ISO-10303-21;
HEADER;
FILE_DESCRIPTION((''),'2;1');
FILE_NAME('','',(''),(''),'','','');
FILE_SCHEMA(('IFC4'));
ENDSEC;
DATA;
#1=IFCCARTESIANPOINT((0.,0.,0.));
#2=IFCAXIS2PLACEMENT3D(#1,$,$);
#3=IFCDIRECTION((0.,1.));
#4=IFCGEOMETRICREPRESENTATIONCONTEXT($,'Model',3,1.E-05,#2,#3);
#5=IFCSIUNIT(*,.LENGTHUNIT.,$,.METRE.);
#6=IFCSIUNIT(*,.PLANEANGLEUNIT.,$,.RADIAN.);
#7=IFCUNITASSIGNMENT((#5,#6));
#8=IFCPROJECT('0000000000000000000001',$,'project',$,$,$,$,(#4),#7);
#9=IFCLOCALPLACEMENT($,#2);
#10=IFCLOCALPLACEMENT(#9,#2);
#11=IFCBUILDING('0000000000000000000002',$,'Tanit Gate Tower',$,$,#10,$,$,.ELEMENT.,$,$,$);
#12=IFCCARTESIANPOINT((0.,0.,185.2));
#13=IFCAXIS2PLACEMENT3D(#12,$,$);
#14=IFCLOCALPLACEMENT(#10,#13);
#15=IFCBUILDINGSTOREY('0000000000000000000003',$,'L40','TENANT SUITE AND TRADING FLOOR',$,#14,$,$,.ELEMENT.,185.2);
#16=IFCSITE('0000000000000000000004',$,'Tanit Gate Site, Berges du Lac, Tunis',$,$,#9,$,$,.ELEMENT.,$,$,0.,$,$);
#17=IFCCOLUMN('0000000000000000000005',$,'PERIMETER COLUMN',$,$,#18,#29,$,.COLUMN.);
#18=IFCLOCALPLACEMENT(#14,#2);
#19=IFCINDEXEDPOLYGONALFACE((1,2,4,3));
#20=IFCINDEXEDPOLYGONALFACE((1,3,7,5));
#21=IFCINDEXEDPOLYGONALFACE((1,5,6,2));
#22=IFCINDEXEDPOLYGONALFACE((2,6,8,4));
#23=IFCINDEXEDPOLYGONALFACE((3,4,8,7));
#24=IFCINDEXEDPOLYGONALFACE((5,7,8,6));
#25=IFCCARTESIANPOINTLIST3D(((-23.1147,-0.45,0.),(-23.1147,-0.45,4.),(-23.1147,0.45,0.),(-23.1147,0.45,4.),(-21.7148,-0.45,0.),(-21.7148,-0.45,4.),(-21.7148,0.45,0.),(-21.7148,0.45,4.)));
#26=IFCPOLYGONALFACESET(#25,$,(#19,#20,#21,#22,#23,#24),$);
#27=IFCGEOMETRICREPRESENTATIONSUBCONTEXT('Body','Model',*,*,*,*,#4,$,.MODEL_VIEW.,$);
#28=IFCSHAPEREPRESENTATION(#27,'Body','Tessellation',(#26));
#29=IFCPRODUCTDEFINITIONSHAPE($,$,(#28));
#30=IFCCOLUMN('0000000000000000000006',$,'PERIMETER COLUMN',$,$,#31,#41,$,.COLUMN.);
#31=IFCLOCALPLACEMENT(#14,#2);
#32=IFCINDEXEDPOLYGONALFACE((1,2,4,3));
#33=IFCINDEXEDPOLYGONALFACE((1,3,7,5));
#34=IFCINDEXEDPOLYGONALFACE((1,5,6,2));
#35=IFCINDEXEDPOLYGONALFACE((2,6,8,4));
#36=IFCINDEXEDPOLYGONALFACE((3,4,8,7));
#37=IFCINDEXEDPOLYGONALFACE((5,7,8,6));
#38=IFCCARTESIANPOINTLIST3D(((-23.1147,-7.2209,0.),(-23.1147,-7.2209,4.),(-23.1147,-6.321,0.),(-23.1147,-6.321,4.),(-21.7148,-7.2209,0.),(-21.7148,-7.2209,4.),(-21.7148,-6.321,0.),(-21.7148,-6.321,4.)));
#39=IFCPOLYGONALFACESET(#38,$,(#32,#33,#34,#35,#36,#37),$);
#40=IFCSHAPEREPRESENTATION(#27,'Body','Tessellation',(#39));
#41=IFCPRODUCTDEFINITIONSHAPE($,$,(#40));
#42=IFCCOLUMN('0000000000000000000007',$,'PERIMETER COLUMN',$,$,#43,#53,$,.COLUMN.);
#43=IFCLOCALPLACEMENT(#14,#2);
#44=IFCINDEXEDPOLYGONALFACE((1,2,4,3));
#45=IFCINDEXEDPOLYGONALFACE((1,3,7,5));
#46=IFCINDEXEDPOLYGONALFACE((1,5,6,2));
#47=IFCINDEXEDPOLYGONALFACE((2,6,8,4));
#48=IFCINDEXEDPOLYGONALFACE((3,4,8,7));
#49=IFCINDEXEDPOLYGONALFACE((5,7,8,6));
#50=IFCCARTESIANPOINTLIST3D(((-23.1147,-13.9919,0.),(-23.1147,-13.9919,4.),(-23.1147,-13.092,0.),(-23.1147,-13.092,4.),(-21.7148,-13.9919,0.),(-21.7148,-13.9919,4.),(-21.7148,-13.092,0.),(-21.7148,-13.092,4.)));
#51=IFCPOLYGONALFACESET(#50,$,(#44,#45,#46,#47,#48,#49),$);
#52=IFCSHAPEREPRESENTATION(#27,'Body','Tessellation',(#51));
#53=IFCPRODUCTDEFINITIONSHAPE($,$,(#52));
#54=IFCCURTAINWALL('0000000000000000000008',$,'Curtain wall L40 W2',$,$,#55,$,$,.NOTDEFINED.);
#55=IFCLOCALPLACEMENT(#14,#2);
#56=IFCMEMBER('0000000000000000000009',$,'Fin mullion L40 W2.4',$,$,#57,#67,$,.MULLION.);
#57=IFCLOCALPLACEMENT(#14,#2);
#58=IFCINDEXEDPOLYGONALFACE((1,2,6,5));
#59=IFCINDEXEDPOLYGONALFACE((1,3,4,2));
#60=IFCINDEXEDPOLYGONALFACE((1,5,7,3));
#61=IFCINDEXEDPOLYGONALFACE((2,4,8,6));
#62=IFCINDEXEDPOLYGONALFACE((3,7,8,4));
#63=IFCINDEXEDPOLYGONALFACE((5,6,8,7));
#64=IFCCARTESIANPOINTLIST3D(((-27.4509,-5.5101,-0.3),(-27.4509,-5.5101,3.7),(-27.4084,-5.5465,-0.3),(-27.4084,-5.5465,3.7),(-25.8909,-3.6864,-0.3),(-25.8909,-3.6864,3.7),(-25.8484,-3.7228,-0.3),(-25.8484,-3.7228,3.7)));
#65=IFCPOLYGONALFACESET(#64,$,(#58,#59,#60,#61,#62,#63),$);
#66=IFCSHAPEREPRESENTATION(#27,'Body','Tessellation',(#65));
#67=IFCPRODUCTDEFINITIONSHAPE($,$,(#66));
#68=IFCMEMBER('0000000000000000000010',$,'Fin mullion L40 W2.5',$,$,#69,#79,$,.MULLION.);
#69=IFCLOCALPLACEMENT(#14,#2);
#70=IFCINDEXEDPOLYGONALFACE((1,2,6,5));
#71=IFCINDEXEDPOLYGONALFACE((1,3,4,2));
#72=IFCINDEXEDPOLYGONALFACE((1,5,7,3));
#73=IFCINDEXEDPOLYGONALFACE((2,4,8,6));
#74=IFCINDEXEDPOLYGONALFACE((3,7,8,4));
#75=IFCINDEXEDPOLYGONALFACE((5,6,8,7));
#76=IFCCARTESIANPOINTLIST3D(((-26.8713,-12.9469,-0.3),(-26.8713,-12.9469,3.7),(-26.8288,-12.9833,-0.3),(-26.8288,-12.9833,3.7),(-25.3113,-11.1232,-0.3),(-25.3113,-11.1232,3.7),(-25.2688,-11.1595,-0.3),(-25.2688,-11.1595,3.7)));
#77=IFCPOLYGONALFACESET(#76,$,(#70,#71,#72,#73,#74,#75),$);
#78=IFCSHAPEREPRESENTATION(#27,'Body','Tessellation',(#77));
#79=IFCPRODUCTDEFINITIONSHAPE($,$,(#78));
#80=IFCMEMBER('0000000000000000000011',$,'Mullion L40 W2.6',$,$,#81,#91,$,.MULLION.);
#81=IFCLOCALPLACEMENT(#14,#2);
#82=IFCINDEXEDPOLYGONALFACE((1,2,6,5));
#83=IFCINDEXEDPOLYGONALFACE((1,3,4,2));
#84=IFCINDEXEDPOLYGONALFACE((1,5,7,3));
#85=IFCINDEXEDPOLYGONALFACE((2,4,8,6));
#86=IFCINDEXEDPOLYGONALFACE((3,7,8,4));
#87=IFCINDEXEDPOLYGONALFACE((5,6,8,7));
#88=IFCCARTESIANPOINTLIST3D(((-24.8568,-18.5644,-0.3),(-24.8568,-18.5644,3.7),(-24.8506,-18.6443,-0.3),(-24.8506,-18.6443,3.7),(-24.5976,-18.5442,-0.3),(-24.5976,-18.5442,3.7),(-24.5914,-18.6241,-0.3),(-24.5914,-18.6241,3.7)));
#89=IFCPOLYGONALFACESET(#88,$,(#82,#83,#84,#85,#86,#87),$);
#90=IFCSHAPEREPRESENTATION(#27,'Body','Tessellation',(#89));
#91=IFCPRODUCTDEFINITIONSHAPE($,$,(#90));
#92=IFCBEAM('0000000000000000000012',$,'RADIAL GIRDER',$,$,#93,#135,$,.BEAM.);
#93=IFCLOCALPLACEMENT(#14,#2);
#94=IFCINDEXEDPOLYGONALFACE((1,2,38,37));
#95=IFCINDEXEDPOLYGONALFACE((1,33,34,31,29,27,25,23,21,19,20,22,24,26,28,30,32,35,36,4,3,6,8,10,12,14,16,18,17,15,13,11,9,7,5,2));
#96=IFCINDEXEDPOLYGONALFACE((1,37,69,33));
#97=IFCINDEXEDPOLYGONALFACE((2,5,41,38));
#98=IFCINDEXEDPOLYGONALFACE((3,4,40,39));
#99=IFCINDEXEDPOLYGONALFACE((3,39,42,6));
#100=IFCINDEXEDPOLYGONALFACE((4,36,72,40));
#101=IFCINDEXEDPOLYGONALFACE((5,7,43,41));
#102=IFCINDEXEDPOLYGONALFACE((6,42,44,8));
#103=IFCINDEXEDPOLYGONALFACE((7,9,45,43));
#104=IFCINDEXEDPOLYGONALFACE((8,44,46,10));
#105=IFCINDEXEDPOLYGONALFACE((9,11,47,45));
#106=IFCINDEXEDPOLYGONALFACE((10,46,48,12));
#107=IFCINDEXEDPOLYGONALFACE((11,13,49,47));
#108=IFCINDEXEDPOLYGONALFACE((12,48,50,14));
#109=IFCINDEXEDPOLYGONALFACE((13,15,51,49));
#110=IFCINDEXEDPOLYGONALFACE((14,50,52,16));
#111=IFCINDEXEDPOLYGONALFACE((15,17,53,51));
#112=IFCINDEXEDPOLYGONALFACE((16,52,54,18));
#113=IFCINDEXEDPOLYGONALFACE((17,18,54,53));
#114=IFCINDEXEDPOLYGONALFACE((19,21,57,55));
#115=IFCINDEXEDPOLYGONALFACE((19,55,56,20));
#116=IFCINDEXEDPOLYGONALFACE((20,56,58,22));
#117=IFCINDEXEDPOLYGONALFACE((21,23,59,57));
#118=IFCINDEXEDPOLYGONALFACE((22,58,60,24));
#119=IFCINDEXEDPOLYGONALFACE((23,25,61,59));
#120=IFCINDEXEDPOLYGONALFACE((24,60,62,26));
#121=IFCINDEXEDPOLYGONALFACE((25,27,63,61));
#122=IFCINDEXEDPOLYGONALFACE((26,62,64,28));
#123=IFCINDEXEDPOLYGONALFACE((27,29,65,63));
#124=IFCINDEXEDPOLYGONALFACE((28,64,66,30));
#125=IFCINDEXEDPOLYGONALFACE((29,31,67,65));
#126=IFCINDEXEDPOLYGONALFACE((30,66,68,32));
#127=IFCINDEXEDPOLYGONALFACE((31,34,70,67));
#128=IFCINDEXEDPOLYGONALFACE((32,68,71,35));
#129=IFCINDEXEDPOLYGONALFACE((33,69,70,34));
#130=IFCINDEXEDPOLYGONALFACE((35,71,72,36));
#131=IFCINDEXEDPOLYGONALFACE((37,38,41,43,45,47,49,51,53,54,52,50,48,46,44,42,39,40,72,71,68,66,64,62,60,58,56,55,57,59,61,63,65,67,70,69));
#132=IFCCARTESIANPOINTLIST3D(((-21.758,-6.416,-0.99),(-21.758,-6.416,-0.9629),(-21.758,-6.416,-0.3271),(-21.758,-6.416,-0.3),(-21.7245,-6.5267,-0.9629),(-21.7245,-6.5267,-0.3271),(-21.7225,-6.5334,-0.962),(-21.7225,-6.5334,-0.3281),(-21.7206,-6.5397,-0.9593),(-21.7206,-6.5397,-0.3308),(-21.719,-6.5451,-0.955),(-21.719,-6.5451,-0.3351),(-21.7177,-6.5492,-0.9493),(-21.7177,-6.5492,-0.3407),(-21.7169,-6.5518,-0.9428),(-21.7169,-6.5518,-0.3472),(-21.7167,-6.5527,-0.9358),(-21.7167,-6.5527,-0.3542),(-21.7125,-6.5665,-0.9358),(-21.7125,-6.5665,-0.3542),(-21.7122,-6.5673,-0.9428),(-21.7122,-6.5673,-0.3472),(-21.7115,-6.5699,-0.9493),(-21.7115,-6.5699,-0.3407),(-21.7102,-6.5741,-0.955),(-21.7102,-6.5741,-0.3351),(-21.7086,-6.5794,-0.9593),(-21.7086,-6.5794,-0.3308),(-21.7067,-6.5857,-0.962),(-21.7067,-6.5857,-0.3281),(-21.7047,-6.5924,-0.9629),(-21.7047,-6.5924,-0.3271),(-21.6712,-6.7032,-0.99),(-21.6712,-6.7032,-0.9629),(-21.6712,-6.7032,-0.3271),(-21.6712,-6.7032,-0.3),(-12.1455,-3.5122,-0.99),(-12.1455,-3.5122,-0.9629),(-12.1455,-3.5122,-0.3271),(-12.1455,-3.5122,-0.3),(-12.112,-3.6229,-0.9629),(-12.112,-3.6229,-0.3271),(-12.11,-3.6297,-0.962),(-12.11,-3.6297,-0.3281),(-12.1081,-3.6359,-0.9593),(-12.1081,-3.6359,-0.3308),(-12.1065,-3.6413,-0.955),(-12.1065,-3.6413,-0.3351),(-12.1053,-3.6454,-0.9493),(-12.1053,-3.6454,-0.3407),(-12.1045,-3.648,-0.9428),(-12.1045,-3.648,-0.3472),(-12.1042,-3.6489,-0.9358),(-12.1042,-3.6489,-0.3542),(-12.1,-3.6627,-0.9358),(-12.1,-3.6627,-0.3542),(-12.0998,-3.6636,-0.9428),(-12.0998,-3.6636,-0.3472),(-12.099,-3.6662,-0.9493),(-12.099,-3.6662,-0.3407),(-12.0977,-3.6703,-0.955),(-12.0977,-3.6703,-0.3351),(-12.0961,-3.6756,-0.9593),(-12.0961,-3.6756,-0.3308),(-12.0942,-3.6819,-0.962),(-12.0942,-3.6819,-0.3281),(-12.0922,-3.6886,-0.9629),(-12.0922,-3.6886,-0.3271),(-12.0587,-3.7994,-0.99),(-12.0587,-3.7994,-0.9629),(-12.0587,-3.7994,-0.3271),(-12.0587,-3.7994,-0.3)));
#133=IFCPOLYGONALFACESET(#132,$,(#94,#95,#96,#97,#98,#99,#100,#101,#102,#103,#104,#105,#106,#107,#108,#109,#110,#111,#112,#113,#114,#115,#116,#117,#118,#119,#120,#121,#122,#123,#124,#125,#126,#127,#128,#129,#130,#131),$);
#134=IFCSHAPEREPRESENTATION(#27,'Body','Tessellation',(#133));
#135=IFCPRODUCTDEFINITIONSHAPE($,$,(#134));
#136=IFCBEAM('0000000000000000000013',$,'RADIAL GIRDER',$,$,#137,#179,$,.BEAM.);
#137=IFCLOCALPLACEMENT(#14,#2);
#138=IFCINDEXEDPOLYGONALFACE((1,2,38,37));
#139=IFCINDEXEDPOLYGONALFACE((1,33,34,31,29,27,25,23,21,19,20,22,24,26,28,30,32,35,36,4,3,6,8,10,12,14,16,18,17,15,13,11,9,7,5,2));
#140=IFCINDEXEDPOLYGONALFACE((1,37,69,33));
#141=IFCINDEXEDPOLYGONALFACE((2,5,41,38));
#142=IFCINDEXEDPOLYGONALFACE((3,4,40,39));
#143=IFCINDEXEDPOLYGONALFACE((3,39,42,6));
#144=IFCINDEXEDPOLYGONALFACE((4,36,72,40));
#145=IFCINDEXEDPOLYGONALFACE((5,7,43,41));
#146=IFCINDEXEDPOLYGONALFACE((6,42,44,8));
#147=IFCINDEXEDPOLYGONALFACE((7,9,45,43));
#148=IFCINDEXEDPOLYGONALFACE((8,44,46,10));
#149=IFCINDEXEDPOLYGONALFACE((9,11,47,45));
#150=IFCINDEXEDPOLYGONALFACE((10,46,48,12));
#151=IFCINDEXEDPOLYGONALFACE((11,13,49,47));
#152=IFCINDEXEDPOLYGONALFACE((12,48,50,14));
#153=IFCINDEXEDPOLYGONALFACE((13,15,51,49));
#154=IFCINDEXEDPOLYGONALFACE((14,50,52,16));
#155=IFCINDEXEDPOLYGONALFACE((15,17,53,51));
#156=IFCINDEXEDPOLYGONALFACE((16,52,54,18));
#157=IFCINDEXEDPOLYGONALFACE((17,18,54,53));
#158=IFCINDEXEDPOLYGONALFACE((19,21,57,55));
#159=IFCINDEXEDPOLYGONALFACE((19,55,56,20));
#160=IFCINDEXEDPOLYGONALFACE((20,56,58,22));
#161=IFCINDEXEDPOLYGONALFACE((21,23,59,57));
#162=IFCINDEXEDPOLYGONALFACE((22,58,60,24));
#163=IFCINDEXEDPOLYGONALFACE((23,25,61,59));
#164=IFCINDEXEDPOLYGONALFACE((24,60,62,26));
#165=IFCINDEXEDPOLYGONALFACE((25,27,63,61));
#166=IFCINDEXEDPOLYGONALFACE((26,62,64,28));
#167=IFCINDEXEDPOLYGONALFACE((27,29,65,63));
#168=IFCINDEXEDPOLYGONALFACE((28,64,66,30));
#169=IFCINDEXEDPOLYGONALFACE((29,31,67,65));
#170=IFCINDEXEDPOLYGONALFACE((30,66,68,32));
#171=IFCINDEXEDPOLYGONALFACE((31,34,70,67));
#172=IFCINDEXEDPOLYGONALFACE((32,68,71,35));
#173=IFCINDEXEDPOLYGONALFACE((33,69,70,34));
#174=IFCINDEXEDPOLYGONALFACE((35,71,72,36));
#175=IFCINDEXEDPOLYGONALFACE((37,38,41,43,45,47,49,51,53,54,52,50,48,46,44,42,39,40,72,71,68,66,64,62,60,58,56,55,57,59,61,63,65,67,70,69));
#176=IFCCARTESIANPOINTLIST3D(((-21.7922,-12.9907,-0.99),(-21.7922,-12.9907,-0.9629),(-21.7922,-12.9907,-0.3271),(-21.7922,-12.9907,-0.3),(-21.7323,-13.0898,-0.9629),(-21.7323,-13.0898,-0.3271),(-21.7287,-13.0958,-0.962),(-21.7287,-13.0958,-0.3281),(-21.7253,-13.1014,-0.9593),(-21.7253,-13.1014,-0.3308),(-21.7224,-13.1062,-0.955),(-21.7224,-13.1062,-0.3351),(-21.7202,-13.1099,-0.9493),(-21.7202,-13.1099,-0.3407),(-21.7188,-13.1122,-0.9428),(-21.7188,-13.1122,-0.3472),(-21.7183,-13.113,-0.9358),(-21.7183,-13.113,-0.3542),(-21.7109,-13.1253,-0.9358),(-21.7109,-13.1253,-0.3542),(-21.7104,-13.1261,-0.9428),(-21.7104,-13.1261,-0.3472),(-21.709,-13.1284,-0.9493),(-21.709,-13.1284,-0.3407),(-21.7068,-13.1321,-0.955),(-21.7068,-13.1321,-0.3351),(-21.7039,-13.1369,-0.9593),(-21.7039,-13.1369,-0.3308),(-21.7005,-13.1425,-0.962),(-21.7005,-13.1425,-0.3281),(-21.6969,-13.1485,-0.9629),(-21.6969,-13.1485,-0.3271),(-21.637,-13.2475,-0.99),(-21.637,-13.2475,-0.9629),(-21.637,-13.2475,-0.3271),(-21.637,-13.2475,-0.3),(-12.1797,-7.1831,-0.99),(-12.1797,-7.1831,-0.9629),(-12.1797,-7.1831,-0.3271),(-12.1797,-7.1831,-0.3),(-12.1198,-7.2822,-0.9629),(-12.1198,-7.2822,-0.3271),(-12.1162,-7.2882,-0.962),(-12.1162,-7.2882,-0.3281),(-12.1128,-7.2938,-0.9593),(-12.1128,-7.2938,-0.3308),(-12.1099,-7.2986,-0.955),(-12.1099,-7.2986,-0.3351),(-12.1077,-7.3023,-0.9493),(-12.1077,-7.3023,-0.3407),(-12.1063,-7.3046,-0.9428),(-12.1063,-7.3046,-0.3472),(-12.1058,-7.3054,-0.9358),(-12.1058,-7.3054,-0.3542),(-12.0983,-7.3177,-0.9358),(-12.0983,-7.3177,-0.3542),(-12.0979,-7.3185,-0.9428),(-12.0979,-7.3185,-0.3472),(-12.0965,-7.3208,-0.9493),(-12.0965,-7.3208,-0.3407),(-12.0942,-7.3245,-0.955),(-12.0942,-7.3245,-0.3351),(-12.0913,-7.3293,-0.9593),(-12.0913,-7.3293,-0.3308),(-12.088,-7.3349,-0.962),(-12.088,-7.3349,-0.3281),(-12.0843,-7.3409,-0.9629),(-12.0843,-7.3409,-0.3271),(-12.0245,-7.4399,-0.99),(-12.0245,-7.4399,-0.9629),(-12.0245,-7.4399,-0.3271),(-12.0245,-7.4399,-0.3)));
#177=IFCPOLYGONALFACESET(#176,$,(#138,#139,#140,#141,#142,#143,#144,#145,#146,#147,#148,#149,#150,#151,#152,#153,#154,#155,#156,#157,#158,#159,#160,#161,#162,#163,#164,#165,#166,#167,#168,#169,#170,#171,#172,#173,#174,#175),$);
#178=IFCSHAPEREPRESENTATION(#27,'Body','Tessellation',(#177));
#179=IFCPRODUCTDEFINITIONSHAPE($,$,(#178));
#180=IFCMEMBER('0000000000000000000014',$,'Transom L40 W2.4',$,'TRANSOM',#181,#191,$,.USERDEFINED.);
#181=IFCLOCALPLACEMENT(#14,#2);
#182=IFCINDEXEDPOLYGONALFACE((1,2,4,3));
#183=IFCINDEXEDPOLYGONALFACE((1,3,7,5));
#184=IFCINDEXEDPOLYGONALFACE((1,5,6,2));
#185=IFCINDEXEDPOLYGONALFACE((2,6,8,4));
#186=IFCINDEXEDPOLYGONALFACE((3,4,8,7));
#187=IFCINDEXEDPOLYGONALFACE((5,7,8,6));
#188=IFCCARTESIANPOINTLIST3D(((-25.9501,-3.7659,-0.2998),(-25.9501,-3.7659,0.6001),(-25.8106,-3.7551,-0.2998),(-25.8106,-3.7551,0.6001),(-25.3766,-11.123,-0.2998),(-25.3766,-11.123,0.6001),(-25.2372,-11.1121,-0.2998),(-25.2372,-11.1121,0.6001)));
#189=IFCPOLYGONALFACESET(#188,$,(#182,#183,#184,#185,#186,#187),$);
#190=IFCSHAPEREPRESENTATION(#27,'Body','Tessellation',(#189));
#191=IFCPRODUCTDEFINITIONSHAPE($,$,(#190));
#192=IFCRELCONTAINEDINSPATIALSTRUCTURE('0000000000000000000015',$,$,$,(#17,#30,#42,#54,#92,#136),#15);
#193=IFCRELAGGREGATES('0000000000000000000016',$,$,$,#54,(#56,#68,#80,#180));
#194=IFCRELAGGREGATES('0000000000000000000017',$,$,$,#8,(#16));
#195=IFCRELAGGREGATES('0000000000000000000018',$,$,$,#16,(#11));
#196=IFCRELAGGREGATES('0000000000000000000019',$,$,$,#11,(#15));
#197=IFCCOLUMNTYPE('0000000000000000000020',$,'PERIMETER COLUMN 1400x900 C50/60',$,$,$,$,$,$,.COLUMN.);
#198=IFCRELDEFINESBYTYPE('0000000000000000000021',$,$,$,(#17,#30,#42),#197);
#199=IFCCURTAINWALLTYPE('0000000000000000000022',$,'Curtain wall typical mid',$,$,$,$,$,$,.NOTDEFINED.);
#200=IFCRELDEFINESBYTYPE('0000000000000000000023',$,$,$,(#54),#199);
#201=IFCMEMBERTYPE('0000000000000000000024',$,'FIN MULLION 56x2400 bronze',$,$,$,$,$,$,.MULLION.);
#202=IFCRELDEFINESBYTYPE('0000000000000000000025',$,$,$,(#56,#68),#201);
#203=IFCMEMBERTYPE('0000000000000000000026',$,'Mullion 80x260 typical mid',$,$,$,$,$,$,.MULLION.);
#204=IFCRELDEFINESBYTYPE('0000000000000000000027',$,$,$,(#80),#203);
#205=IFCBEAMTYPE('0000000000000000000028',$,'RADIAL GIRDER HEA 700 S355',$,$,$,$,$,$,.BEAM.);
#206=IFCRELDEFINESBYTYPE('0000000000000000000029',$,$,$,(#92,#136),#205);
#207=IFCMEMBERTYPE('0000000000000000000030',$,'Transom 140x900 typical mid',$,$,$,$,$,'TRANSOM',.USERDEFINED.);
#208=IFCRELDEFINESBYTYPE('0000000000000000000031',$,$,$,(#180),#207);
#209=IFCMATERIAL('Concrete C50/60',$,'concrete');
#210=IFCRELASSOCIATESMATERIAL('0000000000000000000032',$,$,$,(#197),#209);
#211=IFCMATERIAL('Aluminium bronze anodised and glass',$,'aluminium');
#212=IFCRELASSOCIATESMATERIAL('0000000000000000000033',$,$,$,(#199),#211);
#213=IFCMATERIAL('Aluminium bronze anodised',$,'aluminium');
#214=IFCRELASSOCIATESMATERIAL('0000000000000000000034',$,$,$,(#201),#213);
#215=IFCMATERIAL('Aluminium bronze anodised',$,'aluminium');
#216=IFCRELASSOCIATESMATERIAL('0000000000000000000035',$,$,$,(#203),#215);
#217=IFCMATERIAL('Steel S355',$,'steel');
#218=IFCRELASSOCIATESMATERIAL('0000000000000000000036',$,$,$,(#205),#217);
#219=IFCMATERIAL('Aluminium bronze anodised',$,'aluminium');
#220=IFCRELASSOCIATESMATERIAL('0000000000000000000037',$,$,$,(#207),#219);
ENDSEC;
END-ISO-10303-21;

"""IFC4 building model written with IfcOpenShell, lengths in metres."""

from ifc_helpers import new_model, si_unit, direction, frame, origin, origin_2d, place, context, subcontext, project, spatial, rectangle, i_section, extrude, material, material_profile, profile_set, type_object, element, aggregate, save


model = new_model("IFC4")

# Units and contexts
model_context = context("Model", 3, precision=1e-05, world=origin(), true_north=direction((0.0, 1.0)))
body_context = subcontext(model_context, "Body", "Model", "MODEL_VIEW")
ifc_project = project(units=[si_unit("LENGTHUNIT", "METRE"), si_unit("PLANEANGLEUNIT", "RADIAN")], contexts=[model_context])

# Site, building, storey
site_placement = place(None, origin())
site = spatial("IfcSite", under=ifc_project, at=site_placement, Name="Tanit Gate Site, Berges du Lac, Tunis", CompositionType="ELEMENT", RefElevation=0.0)
building_placement = place(site_placement, origin())
building = spatial("IfcBuilding", under=site, at=building_placement, Name="Tanit Gate Tower", CompositionType="ELEMENT")
storey_placement = place(building_placement, frame((0.0, 0.0, 185.2)))
storey = spatial("IfcBuildingStorey", under=building, at=storey_placement, Name="L40", Description="TENANT SUITE AND TRADING FLOOR", CompositionType="ELEMENT", Elevation=185.2)

# Columns
ifc_material_1 = material(Name="Concrete C50/60", Category="concrete")
ifc_material_profile_1 = material_profile(ifc_material_1, rectangle(XDim=1.3999, YDim=0.8999, at=origin_2d()), Name="RC 1400x900")
ifc_profile_set_1 = profile_set([ifc_material_profile_1], Name="Concrete C50/60")
column_type = type_object("IfcColumnType", Name="PERIMETER COLUMN 1400x900 C50/60", PredefinedType="COLUMN", material=ifc_profile_set_1)
for number, where, z_axis, x_axis, name in (
    (1, (-22.4148, 0.0, 0.0), (0.0, 0.0, 1.0), (-1.0, 0.0, 0.0), "PERIMETER COLUMN"),
    (2, (-22.4148, -6.771, 0.0), (0.0, 0.0, 1.0), (-1.0, 0.0, 0.0), "PERIMETER COLUMN"),
    (3, (-22.4148, -13.542, 0.0), (0.0, 0.0, 1.0), (-1.0, 0.0, 0.0), "PERIMETER COLUMN"),
):
    element("IfcColumn", number, at=place(storey_placement, frame(where, z_axis=z_axis, x_axis=x_axis)), inside=storey, type_object=column_type, Name=name, PredefinedType="COLUMN", context=body_context, shape_type="SweptSolid", body=[
        extrude(rectangle(XDim=1.3999, YDim=0.8999, at=origin_2d()), origin(), (0.0, 0.0, 1.0), 4.0),
    ])

# Curtain wall, members
ifc_material_2 = material(Name="Aluminium bronze anodised and glass", Category="aluminium")
curtain_wall_type = type_object("IfcCurtainWallType", Name="Curtain wall typical mid", PredefinedType="NOTDEFINED", material=ifc_material_2)
curtain_wall_1_placement = place(storey_placement, origin())
curtain_wall_1 = element("IfcCurtainWall", 4, at=curtain_wall_1_placement, inside=storey, type_object=curtain_wall_type, Name="Curtain wall L40 W2", PredefinedType="NOTDEFINED")
ifc_material_3 = material(Name="Aluminium bronze anodised", Category="aluminium")
ifc_material_profile_2 = material_profile(ifc_material_3, rectangle(XDim=2.3999, YDim=0.0559, at=origin_2d()), Name="56x2400 bronze fin mullion")
ifc_profile_set_2 = profile_set([ifc_material_profile_2], Name="Aluminium bronze anodised")
member_type_1 = type_object("IfcMemberType", Name="FIN MULLION 56x2400 bronze", PredefinedType="MULLION", material=ifc_profile_set_2)
member_1_placement = place(storey_placement, frame((-26.6497, -4.6165, -0.3), z_axis=(0.0, 0.0, 1.0), x_axis=(0.650026, 0.759912, 0.0)))
member_1 = element("IfcMember", 5, at=member_1_placement, type_object=member_type_1, Name="Fin mullion L40 W2.4", PredefinedType="MULLION", context=body_context, shape_type="SweptSolid", body=[
    extrude(rectangle(XDim=2.3999, YDim=0.0559, at=origin_2d()), origin(), (0.0, 0.0, 1.0), 4.0),
])
member_2_placement = place(storey_placement, frame((-26.0701, -12.0532, -0.3), z_axis=(0.0, 0.0, 1.0), x_axis=(0.650026, 0.759912, 0.0)))
member_2 = element("IfcMember", 6, at=member_2_placement, type_object=member_type_1, Name="Fin mullion L40 W2.5", PredefinedType="MULLION", context=body_context, shape_type="SweptSolid", body=[
    extrude(rectangle(XDim=2.3999, YDim=0.0559, at=origin_2d()), origin(), (0.0, 0.0, 1.0), 4.0),
])
ifc_material_4 = material(Name="Aluminium bronze anodised", Category="aluminium")
ifc_material_profile_3 = material_profile(ifc_material_4, rectangle(XDim=0.26, YDim=0.0801, at=origin_2d()), Name="80x260 bronze mullion")
ifc_profile_set_3 = profile_set([ifc_material_profile_3], Name="Aluminium bronze anodised")
member_type_2 = type_object("IfcMemberType", Name="Mullion 80x260 typical mid", PredefinedType="MULLION", material=ifc_profile_set_3)
member_3_placement = place(storey_placement, frame((-24.7241, -18.5942, -0.3), z_axis=(0.0, 0.0, 1.0), x_axis=(0.996977, 0.077701, 0.0)))
member_3 = element("IfcMember", 7, at=member_3_placement, type_object=member_type_2, Name="Mullion L40 W2.6", PredefinedType="MULLION", context=body_context, shape_type="SweptSolid", body=[
    extrude(rectangle(XDim=0.26, YDim=0.0801, at=origin_2d()), origin(), (0.0, 0.0, 1.0), 4.0),
])

# Beams
ifc_material_5 = material(Name="Steel S355", Category="steel")
ifc_material_profile_4 = material_profile(ifc_material_5, i_section(OverallWidth=0.3, OverallDepth=0.6899, WebThickness=0.0144, FlangeThickness=0.0271, FilletRadius=0.0271, at=origin_2d()), Name="HEA 700")
ifc_profile_set_4 = profile_set([ifc_material_profile_4], Name="Steel S355")
beam_type = type_object("IfcBeamType", Name="RADIAL GIRDER HEA 700 S355", PredefinedType="BEAM", material=ifc_profile_set_4)
beam_1_placement = place(storey_placement, frame((-21.7146, -6.5596, -0.645), z_axis=(0.957275, 0.289179, 0.0), x_axis=(-0.289179, 0.957275, 0.0)))
element("IfcBeam", 8, at=beam_1_placement, inside=storey, type_object=beam_type, Name="RADIAL GIRDER", PredefinedType="BEAM", context=body_context, shape_type="SweptSolid", body=[
    extrude(i_section(OverallWidth=0.3, OverallDepth=0.6899, WebThickness=0.0144, FlangeThickness=0.0271, FilletRadius=0.0271, at=origin_2d()), origin(), (0.0, 0.0, 1.0), 10.0415),
])
beam_2_placement = place(storey_placement, frame((-21.7146, -13.1191, -0.645), z_axis=(0.855914, 0.517118, 0.0), x_axis=(-0.517118, 0.855914, 0.0)))
element("IfcBeam", 9, at=beam_2_placement, inside=storey, type_object=beam_type, Name="RADIAL GIRDER", PredefinedType="BEAM", context=body_context, shape_type="SweptSolid", body=[
    extrude(i_section(OverallWidth=0.3, OverallDepth=0.6899, WebThickness=0.0144, FlangeThickness=0.0271, FilletRadius=0.0271, at=origin_2d()), origin(), (0.0, 0.0, 1.0), 11.2307),
])

# Member
ifc_material_6 = material(Name="Aluminium bronze anodised", Category="aluminium")
ifc_material_profile_5 = material_profile(ifc_material_6, rectangle(XDim=0.1399, YDim=0.8999, at=origin_2d()), Name="140x900 bronze transom")
ifc_profile_set_5 = profile_set([ifc_material_profile_5], Name="Aluminium bronze anodised")
member_type_3 = type_object("IfcMemberType", Name="Transom 140x900 typical mid", ElementType="TRANSOM", PredefinedType="USERDEFINED", material=ifc_profile_set_5)
member_4_placement = place(storey_placement, frame((-25.8804, -3.7605, 0.1501), z_axis=(0.077713, -0.996976, 0.0), x_axis=(0.996976, 0.077713, 0.0)))
member_4 = element("IfcMember", 10, at=member_4_placement, type_object=member_type_3, Name="Transom L40 W2.4", ObjectType="TRANSOM", PredefinedType="USERDEFINED", context=body_context, shape_type="SweptSolid", body=[
    extrude(rectangle(XDim=0.1399, YDim=0.8999, at=origin_2d()), origin(), (0.0, 0.0, 1.0), 7.3794),
])

aggregate(curtain_wall_1, [member_1, member_2, member_3, member_4])

save(model, "model.ifc")
